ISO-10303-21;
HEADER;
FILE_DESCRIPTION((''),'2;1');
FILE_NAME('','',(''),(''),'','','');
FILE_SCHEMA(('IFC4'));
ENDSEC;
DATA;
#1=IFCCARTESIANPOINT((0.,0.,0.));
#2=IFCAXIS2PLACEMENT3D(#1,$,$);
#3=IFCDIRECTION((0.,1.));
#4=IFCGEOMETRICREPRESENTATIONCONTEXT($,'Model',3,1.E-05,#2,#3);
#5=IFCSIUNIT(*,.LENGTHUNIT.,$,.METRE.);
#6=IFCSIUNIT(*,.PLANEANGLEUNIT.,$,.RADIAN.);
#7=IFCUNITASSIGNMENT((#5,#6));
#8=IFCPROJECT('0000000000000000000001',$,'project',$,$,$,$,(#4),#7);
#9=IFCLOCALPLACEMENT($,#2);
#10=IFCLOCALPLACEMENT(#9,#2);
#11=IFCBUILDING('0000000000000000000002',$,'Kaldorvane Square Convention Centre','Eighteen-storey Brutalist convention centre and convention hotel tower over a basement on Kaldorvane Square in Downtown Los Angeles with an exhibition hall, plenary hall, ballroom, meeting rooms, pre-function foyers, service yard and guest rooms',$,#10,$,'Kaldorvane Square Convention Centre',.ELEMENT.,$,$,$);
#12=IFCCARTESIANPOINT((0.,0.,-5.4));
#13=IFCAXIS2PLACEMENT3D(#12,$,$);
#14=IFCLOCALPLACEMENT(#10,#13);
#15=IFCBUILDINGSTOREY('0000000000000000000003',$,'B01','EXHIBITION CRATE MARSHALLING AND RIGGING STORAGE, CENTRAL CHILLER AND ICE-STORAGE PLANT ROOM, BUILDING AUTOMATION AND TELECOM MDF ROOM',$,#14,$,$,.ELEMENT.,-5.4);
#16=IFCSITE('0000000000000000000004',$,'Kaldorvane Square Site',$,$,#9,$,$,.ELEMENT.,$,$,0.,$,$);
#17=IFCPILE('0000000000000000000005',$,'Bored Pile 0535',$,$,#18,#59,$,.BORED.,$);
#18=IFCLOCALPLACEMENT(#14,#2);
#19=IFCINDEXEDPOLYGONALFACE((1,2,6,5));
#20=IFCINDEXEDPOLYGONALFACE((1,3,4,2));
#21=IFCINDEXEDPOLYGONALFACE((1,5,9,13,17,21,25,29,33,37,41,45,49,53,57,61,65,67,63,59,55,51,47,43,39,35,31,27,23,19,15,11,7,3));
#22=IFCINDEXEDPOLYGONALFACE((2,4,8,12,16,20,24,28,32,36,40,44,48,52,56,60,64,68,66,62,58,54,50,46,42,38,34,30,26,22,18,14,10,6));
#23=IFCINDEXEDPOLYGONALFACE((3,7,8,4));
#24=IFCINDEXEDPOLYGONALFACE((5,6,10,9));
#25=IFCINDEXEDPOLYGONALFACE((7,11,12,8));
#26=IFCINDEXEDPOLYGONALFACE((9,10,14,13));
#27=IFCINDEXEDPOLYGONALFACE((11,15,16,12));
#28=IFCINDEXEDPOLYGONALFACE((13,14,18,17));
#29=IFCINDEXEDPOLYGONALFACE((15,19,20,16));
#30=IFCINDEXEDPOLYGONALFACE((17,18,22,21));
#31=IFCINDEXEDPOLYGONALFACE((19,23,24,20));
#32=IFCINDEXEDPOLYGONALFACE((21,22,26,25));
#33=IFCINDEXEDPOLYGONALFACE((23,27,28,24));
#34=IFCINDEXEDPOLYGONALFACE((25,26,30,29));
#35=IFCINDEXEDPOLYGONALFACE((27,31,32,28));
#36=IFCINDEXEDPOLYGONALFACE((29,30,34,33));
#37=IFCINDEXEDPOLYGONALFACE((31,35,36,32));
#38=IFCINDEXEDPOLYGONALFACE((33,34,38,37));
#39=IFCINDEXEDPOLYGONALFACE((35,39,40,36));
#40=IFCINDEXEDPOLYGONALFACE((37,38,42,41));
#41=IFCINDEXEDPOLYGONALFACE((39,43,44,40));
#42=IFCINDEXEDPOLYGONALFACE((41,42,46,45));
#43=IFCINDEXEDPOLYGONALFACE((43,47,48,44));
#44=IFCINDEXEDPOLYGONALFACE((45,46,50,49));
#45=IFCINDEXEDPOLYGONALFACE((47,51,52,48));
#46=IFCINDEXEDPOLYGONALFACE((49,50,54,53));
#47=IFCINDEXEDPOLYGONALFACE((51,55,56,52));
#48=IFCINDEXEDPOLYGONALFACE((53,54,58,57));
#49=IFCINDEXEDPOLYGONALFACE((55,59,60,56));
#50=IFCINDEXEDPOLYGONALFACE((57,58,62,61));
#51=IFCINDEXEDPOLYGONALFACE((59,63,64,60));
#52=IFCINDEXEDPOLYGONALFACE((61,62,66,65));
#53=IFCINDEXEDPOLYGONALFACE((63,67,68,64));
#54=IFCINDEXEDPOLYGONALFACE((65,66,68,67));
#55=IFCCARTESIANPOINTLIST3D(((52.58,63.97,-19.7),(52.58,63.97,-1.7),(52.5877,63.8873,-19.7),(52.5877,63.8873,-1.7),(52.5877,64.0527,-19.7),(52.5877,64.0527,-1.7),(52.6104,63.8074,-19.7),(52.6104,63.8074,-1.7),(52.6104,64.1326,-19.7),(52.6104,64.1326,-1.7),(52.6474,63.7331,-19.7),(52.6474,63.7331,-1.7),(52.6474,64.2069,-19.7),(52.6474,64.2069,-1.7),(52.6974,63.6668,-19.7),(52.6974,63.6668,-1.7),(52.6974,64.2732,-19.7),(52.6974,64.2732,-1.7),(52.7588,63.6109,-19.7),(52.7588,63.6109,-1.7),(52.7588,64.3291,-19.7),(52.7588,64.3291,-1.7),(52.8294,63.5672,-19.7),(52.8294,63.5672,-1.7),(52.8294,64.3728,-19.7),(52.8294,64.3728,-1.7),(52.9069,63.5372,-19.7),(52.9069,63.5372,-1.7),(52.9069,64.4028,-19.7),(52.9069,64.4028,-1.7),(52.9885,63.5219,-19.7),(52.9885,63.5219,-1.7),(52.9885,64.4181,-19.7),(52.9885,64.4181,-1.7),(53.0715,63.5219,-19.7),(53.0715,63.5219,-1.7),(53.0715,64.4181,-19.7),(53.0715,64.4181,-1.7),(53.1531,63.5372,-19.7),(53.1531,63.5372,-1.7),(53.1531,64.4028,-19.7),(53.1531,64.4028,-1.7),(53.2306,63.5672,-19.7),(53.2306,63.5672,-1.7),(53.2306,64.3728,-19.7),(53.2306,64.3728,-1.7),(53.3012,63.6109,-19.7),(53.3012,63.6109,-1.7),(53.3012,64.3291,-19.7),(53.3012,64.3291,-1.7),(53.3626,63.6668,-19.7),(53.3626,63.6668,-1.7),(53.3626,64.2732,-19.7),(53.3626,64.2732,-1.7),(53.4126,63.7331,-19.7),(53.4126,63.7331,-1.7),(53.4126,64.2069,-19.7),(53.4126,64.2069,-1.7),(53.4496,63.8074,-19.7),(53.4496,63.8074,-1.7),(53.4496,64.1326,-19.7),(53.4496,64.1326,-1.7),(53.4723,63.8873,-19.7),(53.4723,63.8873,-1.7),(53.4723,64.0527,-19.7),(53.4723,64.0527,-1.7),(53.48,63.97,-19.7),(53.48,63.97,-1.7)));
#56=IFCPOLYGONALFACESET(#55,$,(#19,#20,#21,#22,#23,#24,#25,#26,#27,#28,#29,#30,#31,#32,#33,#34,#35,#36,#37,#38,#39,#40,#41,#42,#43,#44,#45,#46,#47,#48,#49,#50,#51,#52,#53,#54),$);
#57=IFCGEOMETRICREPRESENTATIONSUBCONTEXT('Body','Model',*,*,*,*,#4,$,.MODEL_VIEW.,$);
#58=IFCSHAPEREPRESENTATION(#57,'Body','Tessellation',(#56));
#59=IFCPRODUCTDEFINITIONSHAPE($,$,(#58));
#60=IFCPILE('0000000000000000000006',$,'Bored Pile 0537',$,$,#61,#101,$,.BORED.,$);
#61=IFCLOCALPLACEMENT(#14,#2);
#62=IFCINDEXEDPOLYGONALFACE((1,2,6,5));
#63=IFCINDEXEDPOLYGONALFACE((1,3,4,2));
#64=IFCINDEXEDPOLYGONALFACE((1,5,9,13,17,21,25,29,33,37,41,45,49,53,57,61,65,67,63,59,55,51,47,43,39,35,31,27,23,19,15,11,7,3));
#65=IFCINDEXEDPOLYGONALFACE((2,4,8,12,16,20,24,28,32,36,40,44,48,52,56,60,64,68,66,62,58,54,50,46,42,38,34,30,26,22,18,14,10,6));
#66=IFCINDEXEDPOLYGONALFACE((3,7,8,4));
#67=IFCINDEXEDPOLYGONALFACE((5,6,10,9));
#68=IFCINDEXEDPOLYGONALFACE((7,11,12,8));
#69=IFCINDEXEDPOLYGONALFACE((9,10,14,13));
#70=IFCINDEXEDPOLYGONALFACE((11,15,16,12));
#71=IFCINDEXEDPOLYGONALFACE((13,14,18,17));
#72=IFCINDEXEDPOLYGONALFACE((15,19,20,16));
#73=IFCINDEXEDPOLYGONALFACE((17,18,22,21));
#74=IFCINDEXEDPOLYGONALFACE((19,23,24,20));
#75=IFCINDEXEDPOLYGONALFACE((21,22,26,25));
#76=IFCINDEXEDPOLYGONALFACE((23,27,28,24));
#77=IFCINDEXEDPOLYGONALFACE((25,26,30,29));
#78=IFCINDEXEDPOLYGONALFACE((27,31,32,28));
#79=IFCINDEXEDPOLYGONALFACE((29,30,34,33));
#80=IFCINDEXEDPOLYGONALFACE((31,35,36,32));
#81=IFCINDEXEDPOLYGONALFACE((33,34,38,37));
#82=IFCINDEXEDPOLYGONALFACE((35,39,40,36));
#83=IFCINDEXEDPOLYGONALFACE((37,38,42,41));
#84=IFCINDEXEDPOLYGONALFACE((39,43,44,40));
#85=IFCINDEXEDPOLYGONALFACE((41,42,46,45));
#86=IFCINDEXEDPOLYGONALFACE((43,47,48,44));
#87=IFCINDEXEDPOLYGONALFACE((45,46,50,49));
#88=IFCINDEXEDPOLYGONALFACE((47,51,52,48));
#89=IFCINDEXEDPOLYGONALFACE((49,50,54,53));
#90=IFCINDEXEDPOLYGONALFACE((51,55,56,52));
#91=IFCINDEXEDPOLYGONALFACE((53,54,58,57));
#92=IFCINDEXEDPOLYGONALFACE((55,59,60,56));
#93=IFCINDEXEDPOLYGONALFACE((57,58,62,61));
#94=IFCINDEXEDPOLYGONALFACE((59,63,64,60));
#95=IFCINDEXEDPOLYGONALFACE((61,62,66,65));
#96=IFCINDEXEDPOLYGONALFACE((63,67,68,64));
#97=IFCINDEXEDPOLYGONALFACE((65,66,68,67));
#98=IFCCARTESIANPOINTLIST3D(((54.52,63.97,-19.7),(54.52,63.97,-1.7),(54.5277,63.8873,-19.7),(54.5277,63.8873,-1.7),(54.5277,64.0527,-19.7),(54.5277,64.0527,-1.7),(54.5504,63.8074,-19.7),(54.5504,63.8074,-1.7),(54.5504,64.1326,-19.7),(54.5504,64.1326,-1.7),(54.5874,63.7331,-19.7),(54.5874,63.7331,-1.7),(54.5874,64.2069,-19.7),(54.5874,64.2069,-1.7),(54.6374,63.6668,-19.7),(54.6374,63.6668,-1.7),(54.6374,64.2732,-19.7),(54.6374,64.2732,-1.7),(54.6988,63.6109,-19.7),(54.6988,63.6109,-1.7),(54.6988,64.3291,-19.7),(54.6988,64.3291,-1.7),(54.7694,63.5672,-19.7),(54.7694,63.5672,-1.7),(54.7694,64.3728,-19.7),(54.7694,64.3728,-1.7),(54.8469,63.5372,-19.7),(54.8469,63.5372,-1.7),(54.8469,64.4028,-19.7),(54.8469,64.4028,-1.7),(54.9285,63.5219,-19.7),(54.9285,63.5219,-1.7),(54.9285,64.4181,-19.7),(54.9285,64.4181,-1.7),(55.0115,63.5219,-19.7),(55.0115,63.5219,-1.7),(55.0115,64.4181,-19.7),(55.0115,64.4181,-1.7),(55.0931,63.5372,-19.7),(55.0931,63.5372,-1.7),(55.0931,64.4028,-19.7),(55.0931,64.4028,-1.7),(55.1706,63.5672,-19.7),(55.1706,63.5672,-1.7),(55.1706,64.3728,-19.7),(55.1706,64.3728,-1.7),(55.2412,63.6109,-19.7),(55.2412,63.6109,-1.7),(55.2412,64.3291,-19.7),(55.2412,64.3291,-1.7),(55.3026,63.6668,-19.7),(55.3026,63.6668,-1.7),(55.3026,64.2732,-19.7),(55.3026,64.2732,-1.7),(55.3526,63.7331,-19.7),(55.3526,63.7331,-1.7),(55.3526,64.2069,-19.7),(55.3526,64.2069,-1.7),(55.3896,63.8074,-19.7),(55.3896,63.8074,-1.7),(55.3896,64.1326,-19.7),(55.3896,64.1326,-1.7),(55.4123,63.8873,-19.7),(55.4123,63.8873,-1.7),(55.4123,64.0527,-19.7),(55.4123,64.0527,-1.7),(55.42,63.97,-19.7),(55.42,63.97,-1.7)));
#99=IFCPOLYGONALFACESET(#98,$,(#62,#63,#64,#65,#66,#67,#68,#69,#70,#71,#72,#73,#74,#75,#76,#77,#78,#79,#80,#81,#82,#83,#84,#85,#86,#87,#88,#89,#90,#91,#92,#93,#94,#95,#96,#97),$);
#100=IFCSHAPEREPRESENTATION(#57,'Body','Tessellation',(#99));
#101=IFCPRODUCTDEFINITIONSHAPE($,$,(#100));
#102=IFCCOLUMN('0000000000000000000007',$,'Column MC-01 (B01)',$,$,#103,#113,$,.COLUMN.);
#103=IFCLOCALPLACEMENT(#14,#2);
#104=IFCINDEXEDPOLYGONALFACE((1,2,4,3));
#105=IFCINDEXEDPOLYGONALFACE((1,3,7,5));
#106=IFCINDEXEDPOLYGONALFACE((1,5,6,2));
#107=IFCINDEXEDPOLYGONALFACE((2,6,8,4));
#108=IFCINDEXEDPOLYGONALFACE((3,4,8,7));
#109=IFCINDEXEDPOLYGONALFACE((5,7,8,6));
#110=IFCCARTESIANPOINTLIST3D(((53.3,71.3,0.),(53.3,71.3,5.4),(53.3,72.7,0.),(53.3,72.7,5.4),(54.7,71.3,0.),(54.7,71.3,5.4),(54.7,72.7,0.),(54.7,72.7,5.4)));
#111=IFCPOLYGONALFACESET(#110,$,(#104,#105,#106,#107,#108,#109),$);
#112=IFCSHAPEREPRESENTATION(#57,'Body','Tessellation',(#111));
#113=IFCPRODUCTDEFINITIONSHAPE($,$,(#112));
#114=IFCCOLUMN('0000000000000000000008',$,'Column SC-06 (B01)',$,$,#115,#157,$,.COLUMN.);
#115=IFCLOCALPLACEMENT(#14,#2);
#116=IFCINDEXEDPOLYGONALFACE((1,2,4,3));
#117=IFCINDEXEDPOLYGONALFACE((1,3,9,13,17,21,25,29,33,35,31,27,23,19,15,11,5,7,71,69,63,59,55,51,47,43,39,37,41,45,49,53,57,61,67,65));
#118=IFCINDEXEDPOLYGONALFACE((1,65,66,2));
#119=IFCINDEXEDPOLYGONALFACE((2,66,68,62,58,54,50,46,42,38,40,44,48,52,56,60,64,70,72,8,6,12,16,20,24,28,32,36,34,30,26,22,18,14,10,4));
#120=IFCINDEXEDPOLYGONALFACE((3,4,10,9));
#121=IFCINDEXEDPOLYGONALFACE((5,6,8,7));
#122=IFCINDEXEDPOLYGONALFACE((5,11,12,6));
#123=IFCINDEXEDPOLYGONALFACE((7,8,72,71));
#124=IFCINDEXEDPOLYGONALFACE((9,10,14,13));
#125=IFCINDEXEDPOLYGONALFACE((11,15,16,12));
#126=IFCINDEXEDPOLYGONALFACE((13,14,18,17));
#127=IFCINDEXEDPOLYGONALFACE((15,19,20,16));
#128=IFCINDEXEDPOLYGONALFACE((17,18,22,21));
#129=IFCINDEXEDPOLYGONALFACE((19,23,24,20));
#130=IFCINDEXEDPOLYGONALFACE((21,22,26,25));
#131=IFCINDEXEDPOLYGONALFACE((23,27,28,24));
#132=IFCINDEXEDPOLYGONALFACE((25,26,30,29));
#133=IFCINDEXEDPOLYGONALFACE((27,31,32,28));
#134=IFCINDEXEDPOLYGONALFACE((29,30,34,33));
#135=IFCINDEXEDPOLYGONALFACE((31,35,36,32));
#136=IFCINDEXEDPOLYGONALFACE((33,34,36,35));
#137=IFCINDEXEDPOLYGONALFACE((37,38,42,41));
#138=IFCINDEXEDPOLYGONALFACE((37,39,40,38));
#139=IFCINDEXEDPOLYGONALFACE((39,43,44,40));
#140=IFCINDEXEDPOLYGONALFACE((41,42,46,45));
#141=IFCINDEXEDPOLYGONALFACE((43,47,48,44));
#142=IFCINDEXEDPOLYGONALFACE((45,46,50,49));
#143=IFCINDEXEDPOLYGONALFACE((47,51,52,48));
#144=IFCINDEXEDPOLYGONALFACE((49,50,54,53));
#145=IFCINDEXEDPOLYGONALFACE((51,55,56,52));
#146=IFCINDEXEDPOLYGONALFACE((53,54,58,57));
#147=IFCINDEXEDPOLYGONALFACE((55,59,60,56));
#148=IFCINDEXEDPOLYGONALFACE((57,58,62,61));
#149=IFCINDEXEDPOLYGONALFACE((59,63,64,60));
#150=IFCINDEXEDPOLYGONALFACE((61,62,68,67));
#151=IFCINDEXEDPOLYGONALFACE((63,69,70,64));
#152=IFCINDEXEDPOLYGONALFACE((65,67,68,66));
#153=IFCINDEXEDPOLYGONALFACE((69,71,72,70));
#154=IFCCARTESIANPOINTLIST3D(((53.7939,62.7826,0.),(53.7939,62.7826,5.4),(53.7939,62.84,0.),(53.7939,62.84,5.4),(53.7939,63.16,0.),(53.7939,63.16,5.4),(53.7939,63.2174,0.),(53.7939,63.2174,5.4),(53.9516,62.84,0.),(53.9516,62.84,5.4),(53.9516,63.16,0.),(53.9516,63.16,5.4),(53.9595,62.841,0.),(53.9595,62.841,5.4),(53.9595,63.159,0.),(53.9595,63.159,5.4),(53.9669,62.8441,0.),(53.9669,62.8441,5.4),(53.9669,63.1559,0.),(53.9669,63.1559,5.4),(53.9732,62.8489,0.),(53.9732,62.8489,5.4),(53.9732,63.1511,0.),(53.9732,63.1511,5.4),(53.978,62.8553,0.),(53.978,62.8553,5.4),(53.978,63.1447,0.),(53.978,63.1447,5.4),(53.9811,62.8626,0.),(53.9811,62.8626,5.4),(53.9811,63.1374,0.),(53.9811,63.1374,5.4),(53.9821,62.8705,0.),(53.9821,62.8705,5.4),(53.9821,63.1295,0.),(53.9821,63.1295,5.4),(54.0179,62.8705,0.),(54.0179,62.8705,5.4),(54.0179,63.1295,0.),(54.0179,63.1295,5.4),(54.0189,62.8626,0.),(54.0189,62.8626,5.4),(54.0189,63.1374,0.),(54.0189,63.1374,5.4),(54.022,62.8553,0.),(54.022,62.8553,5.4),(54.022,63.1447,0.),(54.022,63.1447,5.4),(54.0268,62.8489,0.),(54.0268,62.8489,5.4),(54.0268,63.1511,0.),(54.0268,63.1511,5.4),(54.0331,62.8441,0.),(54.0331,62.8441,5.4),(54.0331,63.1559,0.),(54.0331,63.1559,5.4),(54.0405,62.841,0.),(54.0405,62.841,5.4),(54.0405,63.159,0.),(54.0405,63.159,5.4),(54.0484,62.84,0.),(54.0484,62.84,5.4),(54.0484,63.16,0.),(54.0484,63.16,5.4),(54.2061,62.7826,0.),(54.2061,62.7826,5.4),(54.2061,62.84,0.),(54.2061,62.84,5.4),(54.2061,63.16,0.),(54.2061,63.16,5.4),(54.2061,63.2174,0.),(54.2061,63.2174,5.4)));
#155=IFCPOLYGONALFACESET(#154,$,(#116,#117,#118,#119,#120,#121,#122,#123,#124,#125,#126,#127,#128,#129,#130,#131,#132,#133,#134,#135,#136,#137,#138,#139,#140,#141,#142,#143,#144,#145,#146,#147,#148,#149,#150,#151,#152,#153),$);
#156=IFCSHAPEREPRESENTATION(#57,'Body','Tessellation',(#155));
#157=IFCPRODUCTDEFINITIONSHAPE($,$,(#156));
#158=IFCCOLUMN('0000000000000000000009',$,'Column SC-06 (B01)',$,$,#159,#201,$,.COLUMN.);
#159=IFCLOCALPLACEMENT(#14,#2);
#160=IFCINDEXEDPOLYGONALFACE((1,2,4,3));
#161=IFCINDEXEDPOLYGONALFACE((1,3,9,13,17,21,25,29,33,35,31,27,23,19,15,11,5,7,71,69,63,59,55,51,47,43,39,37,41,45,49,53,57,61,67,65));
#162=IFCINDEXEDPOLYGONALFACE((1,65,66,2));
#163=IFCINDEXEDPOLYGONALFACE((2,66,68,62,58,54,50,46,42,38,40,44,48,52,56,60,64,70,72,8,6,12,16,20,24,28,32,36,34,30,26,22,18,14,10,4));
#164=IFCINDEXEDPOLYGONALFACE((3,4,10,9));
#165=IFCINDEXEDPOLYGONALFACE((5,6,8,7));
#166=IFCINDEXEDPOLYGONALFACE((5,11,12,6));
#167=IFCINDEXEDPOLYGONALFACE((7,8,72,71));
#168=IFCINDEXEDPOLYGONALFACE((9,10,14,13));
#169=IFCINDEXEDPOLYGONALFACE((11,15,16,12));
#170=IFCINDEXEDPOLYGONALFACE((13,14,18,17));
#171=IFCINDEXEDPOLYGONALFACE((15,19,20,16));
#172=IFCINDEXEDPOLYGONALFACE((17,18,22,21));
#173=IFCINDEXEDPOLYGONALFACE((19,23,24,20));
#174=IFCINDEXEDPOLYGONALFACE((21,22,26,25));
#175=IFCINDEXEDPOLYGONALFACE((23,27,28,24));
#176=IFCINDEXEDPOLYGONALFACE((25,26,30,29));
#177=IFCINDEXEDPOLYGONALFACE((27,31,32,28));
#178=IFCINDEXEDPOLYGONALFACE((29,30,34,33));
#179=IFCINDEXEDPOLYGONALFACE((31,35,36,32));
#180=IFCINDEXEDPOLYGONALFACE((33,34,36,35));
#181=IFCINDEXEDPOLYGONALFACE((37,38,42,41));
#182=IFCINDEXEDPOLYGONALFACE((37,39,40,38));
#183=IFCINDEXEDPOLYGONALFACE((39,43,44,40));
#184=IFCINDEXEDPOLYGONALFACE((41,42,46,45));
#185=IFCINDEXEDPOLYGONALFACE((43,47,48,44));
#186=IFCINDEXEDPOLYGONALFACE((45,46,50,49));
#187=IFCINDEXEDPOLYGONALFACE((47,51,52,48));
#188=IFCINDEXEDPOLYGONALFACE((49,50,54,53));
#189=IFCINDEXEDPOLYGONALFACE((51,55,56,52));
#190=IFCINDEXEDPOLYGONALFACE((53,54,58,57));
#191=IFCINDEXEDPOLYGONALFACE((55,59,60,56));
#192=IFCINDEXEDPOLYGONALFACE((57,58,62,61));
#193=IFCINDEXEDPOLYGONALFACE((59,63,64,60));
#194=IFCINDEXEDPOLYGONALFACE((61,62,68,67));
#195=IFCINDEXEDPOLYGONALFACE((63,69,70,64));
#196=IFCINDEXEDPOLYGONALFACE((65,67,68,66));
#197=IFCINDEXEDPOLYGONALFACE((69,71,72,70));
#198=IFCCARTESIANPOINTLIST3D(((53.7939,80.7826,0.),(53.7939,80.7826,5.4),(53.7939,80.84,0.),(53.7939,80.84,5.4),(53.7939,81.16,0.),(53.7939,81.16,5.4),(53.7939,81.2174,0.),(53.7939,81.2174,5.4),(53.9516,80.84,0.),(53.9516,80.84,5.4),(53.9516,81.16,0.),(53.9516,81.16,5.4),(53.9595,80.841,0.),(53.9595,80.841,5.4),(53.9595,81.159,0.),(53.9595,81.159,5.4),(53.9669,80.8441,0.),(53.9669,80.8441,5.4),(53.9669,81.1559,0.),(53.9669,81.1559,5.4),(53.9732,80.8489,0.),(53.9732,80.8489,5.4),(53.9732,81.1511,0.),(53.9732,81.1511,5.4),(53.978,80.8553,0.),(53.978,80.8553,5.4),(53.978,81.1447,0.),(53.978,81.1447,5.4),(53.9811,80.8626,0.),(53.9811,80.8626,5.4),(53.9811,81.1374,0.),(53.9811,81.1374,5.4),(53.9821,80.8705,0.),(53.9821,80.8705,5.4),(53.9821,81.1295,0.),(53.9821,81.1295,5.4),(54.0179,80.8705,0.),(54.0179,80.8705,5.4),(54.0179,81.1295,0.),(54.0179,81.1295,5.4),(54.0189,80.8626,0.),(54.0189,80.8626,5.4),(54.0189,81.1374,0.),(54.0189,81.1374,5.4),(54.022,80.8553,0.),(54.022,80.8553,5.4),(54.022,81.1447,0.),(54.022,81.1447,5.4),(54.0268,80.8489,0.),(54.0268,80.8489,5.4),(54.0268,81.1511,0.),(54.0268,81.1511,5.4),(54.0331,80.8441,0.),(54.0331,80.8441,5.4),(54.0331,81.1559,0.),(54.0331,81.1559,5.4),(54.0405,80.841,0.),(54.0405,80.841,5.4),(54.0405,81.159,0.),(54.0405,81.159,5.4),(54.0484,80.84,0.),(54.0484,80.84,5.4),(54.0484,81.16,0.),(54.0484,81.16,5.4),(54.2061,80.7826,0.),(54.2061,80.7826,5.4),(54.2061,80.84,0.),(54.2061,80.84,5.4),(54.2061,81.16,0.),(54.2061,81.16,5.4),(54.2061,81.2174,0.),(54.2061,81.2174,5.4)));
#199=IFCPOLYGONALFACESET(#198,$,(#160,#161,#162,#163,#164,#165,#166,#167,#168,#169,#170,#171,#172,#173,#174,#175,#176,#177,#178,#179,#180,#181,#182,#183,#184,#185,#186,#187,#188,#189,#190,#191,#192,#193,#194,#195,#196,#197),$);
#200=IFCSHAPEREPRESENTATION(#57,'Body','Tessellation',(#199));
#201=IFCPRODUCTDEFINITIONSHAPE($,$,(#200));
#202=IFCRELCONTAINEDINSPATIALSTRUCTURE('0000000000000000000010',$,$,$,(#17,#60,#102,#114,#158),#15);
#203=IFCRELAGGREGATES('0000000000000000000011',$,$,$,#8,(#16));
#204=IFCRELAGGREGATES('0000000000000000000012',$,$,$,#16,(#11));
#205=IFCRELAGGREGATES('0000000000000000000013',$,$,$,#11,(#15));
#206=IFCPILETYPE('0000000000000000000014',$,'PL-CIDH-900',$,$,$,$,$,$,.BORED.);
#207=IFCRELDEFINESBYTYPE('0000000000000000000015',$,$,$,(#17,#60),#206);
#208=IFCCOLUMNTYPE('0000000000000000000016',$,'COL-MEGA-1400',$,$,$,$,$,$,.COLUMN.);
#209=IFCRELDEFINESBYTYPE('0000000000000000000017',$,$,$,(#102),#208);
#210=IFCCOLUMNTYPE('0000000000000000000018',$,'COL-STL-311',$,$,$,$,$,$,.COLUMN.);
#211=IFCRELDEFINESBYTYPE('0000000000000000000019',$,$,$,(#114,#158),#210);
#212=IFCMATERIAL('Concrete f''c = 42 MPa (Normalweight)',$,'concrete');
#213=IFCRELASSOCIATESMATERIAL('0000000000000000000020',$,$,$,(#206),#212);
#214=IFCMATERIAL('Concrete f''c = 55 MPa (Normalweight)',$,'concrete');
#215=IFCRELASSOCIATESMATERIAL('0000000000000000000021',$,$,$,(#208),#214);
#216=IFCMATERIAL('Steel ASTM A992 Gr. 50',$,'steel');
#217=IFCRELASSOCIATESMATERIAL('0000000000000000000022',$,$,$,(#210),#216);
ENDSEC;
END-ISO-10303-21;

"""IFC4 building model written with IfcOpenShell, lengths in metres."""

from ifc_helpers import new_model, si_unit, direction, frame, origin, origin_2d, place, context, subcontext, project, spatial, rectangle, circle, i_section, extrude, material, material_profile, profile_set, type_object, element, save


model = new_model("IFC4")

# Units and contexts
model_context = context("Model", 3, precision=1e-05, world=origin(), true_north=direction((0.0, 1.0)))
body_context = subcontext(model_context, "Body", "Model", "MODEL_VIEW")
ifc_project = project(units=[si_unit("LENGTHUNIT", "METRE"), si_unit("PLANEANGLEUNIT", "RADIAN")], contexts=[model_context])

# Site, building, storey
site_placement = place(None, origin())
site = spatial("IfcSite", under=ifc_project, at=site_placement, Name="Kaldorvane Square Site", CompositionType="ELEMENT", RefElevation=0.0)
building_placement = place(site_placement, origin())
building = spatial("IfcBuilding", under=site, at=building_placement, Name="Kaldorvane Square Convention Centre", Description="Eighteen-storey Brutalist convention centre and convention hotel tower over a basement on Kaldorvane Square in Downtown Los Angeles with an exhibition hall, plenary hall, ballroom, meeting rooms, pre-function foyers, service yard and guest rooms", LongName="Kaldorvane Square Convention Centre", CompositionType="ELEMENT")
storey_placement = place(building_placement, frame((0.0, 0.0, -5.4)))
storey = spatial("IfcBuildingStorey", under=building, at=storey_placement, Name="B01", Description="EXHIBITION CRATE MARSHALLING AND RIGGING STORAGE, CENTRAL CHILLER AND ICE-STORAGE PLANT ROOM, BUILDING AUTOMATION AND TELECOM MDF ROOM", CompositionType="ELEMENT", Elevation=-5.4)

# Shared definitions
ifc_material_1 = material(Name="Concrete f'c = 42 MPa (Normalweight)", Category="concrete")

# Piles
ifc_material_profile_1 = material_profile(ifc_material_1, circle(Radius=0.45, at=origin_2d()), Name="PILE-D900")
ifc_profile_set_1 = profile_set([ifc_material_profile_1], Name="Concrete f'c = 42 MPa (Normalweight)")
pile_type_1 = type_object("IfcPileType", Name="PL-CIDH-900", PredefinedType="BORED", material=ifc_profile_set_1)
for number, where, z_axis, x_axis, name in (
    (1, (53.03, 63.97, -1.7), (0.0, 0.0, -1.0), (1.0, 0.0, 0.0), "Bored Pile 0535"),
    (2, (54.97, 63.97, -1.7), (0.0, 0.0, -1.0), (1.0, 0.0, 0.0), "Bored Pile 0537"),
):
    element("IfcPile", number, at=place(storey_placement, frame(where, z_axis=z_axis, x_axis=x_axis)), inside=storey, type_object=pile_type_1, Name=name, PredefinedType="BORED", context=body_context, shape_type="SweptSolid", body=[
        extrude(circle(Radius=0.45, at=origin_2d()), origin(), (0.0, 0.0, 1.0), 18.0),
    ])

# Columns
ifc_material_2 = material(Name="Concrete f'c = 55 MPa (Normalweight)", Category="concrete")
ifc_material_profile_2 = material_profile(ifc_material_2, rectangle(XDim=1.4, YDim=1.4, at=origin_2d()), Name="RC1400X1400")
ifc_profile_set_2 = profile_set([ifc_material_profile_2], Name="Concrete f'c = 55 MPa (Normalweight)")
column_type_1 = type_object("IfcColumnType", Name="COL-MEGA-1400", PredefinedType="COLUMN", material=ifc_profile_set_2)
column_placement = place(storey_placement, frame((54.0, 72.0, 0.0), z_axis=(0.0, 0.0, 1.0), x_axis=(1.0, 0.0, 0.0)))
element("IfcColumn", 3, at=column_placement, inside=storey, type_object=column_type_1, Name="Column MC-01 (B01)", PredefinedType="COLUMN", context=body_context, shape_type="SweptSolid", body=[
    extrude(rectangle(XDim=1.4, YDim=1.4, at=origin_2d()), origin(), (0.0, 0.0, 1.0), 5.4),
])
ifc_material_3 = material(Name="Steel ASTM A992 Gr. 50", Category="steel")
ifc_material_profile_3 = material_profile(ifc_material_3, i_section(OverallWidth=0.4122, OverallDepth=0.4348, WebThickness=0.0358, FlangeThickness=0.0574, FilletRadius=0.0305, at=origin_2d()), Name="W14X311")
ifc_profile_set_3 = profile_set([ifc_material_profile_3], Name="Steel ASTM A992 Gr. 50")
column_type_2 = type_object("IfcColumnType", Name="COL-STL-311", PredefinedType="COLUMN", material=ifc_profile_set_3)
for number, where, z_axis, x_axis, name in (
    (4, (54.0, 63.0, 0.0), (0.0, 0.0, 1.0), (1.0, 0.0, 0.0), "Column SC-06 (B01)"),
    (5, (54.0, 81.0, 0.0), (0.0, 0.0, 1.0), (1.0, 0.0, 0.0), "Column SC-06 (B01)"),
):
    element("IfcColumn", number, at=place(storey_placement, frame(where, z_axis=z_axis, x_axis=x_axis)), inside=storey, type_object=column_type_2, Name=name, PredefinedType="COLUMN", context=body_context, shape_type="SweptSolid", body=[
        extrude(i_section(OverallWidth=0.4122, OverallDepth=0.4348, WebThickness=0.0358, FlangeThickness=0.0574, FilletRadius=0.0305, at=origin_2d()), origin(), (0.0, 0.0, 1.0), 5.4),
    ])

save(model, "model.ifc")
